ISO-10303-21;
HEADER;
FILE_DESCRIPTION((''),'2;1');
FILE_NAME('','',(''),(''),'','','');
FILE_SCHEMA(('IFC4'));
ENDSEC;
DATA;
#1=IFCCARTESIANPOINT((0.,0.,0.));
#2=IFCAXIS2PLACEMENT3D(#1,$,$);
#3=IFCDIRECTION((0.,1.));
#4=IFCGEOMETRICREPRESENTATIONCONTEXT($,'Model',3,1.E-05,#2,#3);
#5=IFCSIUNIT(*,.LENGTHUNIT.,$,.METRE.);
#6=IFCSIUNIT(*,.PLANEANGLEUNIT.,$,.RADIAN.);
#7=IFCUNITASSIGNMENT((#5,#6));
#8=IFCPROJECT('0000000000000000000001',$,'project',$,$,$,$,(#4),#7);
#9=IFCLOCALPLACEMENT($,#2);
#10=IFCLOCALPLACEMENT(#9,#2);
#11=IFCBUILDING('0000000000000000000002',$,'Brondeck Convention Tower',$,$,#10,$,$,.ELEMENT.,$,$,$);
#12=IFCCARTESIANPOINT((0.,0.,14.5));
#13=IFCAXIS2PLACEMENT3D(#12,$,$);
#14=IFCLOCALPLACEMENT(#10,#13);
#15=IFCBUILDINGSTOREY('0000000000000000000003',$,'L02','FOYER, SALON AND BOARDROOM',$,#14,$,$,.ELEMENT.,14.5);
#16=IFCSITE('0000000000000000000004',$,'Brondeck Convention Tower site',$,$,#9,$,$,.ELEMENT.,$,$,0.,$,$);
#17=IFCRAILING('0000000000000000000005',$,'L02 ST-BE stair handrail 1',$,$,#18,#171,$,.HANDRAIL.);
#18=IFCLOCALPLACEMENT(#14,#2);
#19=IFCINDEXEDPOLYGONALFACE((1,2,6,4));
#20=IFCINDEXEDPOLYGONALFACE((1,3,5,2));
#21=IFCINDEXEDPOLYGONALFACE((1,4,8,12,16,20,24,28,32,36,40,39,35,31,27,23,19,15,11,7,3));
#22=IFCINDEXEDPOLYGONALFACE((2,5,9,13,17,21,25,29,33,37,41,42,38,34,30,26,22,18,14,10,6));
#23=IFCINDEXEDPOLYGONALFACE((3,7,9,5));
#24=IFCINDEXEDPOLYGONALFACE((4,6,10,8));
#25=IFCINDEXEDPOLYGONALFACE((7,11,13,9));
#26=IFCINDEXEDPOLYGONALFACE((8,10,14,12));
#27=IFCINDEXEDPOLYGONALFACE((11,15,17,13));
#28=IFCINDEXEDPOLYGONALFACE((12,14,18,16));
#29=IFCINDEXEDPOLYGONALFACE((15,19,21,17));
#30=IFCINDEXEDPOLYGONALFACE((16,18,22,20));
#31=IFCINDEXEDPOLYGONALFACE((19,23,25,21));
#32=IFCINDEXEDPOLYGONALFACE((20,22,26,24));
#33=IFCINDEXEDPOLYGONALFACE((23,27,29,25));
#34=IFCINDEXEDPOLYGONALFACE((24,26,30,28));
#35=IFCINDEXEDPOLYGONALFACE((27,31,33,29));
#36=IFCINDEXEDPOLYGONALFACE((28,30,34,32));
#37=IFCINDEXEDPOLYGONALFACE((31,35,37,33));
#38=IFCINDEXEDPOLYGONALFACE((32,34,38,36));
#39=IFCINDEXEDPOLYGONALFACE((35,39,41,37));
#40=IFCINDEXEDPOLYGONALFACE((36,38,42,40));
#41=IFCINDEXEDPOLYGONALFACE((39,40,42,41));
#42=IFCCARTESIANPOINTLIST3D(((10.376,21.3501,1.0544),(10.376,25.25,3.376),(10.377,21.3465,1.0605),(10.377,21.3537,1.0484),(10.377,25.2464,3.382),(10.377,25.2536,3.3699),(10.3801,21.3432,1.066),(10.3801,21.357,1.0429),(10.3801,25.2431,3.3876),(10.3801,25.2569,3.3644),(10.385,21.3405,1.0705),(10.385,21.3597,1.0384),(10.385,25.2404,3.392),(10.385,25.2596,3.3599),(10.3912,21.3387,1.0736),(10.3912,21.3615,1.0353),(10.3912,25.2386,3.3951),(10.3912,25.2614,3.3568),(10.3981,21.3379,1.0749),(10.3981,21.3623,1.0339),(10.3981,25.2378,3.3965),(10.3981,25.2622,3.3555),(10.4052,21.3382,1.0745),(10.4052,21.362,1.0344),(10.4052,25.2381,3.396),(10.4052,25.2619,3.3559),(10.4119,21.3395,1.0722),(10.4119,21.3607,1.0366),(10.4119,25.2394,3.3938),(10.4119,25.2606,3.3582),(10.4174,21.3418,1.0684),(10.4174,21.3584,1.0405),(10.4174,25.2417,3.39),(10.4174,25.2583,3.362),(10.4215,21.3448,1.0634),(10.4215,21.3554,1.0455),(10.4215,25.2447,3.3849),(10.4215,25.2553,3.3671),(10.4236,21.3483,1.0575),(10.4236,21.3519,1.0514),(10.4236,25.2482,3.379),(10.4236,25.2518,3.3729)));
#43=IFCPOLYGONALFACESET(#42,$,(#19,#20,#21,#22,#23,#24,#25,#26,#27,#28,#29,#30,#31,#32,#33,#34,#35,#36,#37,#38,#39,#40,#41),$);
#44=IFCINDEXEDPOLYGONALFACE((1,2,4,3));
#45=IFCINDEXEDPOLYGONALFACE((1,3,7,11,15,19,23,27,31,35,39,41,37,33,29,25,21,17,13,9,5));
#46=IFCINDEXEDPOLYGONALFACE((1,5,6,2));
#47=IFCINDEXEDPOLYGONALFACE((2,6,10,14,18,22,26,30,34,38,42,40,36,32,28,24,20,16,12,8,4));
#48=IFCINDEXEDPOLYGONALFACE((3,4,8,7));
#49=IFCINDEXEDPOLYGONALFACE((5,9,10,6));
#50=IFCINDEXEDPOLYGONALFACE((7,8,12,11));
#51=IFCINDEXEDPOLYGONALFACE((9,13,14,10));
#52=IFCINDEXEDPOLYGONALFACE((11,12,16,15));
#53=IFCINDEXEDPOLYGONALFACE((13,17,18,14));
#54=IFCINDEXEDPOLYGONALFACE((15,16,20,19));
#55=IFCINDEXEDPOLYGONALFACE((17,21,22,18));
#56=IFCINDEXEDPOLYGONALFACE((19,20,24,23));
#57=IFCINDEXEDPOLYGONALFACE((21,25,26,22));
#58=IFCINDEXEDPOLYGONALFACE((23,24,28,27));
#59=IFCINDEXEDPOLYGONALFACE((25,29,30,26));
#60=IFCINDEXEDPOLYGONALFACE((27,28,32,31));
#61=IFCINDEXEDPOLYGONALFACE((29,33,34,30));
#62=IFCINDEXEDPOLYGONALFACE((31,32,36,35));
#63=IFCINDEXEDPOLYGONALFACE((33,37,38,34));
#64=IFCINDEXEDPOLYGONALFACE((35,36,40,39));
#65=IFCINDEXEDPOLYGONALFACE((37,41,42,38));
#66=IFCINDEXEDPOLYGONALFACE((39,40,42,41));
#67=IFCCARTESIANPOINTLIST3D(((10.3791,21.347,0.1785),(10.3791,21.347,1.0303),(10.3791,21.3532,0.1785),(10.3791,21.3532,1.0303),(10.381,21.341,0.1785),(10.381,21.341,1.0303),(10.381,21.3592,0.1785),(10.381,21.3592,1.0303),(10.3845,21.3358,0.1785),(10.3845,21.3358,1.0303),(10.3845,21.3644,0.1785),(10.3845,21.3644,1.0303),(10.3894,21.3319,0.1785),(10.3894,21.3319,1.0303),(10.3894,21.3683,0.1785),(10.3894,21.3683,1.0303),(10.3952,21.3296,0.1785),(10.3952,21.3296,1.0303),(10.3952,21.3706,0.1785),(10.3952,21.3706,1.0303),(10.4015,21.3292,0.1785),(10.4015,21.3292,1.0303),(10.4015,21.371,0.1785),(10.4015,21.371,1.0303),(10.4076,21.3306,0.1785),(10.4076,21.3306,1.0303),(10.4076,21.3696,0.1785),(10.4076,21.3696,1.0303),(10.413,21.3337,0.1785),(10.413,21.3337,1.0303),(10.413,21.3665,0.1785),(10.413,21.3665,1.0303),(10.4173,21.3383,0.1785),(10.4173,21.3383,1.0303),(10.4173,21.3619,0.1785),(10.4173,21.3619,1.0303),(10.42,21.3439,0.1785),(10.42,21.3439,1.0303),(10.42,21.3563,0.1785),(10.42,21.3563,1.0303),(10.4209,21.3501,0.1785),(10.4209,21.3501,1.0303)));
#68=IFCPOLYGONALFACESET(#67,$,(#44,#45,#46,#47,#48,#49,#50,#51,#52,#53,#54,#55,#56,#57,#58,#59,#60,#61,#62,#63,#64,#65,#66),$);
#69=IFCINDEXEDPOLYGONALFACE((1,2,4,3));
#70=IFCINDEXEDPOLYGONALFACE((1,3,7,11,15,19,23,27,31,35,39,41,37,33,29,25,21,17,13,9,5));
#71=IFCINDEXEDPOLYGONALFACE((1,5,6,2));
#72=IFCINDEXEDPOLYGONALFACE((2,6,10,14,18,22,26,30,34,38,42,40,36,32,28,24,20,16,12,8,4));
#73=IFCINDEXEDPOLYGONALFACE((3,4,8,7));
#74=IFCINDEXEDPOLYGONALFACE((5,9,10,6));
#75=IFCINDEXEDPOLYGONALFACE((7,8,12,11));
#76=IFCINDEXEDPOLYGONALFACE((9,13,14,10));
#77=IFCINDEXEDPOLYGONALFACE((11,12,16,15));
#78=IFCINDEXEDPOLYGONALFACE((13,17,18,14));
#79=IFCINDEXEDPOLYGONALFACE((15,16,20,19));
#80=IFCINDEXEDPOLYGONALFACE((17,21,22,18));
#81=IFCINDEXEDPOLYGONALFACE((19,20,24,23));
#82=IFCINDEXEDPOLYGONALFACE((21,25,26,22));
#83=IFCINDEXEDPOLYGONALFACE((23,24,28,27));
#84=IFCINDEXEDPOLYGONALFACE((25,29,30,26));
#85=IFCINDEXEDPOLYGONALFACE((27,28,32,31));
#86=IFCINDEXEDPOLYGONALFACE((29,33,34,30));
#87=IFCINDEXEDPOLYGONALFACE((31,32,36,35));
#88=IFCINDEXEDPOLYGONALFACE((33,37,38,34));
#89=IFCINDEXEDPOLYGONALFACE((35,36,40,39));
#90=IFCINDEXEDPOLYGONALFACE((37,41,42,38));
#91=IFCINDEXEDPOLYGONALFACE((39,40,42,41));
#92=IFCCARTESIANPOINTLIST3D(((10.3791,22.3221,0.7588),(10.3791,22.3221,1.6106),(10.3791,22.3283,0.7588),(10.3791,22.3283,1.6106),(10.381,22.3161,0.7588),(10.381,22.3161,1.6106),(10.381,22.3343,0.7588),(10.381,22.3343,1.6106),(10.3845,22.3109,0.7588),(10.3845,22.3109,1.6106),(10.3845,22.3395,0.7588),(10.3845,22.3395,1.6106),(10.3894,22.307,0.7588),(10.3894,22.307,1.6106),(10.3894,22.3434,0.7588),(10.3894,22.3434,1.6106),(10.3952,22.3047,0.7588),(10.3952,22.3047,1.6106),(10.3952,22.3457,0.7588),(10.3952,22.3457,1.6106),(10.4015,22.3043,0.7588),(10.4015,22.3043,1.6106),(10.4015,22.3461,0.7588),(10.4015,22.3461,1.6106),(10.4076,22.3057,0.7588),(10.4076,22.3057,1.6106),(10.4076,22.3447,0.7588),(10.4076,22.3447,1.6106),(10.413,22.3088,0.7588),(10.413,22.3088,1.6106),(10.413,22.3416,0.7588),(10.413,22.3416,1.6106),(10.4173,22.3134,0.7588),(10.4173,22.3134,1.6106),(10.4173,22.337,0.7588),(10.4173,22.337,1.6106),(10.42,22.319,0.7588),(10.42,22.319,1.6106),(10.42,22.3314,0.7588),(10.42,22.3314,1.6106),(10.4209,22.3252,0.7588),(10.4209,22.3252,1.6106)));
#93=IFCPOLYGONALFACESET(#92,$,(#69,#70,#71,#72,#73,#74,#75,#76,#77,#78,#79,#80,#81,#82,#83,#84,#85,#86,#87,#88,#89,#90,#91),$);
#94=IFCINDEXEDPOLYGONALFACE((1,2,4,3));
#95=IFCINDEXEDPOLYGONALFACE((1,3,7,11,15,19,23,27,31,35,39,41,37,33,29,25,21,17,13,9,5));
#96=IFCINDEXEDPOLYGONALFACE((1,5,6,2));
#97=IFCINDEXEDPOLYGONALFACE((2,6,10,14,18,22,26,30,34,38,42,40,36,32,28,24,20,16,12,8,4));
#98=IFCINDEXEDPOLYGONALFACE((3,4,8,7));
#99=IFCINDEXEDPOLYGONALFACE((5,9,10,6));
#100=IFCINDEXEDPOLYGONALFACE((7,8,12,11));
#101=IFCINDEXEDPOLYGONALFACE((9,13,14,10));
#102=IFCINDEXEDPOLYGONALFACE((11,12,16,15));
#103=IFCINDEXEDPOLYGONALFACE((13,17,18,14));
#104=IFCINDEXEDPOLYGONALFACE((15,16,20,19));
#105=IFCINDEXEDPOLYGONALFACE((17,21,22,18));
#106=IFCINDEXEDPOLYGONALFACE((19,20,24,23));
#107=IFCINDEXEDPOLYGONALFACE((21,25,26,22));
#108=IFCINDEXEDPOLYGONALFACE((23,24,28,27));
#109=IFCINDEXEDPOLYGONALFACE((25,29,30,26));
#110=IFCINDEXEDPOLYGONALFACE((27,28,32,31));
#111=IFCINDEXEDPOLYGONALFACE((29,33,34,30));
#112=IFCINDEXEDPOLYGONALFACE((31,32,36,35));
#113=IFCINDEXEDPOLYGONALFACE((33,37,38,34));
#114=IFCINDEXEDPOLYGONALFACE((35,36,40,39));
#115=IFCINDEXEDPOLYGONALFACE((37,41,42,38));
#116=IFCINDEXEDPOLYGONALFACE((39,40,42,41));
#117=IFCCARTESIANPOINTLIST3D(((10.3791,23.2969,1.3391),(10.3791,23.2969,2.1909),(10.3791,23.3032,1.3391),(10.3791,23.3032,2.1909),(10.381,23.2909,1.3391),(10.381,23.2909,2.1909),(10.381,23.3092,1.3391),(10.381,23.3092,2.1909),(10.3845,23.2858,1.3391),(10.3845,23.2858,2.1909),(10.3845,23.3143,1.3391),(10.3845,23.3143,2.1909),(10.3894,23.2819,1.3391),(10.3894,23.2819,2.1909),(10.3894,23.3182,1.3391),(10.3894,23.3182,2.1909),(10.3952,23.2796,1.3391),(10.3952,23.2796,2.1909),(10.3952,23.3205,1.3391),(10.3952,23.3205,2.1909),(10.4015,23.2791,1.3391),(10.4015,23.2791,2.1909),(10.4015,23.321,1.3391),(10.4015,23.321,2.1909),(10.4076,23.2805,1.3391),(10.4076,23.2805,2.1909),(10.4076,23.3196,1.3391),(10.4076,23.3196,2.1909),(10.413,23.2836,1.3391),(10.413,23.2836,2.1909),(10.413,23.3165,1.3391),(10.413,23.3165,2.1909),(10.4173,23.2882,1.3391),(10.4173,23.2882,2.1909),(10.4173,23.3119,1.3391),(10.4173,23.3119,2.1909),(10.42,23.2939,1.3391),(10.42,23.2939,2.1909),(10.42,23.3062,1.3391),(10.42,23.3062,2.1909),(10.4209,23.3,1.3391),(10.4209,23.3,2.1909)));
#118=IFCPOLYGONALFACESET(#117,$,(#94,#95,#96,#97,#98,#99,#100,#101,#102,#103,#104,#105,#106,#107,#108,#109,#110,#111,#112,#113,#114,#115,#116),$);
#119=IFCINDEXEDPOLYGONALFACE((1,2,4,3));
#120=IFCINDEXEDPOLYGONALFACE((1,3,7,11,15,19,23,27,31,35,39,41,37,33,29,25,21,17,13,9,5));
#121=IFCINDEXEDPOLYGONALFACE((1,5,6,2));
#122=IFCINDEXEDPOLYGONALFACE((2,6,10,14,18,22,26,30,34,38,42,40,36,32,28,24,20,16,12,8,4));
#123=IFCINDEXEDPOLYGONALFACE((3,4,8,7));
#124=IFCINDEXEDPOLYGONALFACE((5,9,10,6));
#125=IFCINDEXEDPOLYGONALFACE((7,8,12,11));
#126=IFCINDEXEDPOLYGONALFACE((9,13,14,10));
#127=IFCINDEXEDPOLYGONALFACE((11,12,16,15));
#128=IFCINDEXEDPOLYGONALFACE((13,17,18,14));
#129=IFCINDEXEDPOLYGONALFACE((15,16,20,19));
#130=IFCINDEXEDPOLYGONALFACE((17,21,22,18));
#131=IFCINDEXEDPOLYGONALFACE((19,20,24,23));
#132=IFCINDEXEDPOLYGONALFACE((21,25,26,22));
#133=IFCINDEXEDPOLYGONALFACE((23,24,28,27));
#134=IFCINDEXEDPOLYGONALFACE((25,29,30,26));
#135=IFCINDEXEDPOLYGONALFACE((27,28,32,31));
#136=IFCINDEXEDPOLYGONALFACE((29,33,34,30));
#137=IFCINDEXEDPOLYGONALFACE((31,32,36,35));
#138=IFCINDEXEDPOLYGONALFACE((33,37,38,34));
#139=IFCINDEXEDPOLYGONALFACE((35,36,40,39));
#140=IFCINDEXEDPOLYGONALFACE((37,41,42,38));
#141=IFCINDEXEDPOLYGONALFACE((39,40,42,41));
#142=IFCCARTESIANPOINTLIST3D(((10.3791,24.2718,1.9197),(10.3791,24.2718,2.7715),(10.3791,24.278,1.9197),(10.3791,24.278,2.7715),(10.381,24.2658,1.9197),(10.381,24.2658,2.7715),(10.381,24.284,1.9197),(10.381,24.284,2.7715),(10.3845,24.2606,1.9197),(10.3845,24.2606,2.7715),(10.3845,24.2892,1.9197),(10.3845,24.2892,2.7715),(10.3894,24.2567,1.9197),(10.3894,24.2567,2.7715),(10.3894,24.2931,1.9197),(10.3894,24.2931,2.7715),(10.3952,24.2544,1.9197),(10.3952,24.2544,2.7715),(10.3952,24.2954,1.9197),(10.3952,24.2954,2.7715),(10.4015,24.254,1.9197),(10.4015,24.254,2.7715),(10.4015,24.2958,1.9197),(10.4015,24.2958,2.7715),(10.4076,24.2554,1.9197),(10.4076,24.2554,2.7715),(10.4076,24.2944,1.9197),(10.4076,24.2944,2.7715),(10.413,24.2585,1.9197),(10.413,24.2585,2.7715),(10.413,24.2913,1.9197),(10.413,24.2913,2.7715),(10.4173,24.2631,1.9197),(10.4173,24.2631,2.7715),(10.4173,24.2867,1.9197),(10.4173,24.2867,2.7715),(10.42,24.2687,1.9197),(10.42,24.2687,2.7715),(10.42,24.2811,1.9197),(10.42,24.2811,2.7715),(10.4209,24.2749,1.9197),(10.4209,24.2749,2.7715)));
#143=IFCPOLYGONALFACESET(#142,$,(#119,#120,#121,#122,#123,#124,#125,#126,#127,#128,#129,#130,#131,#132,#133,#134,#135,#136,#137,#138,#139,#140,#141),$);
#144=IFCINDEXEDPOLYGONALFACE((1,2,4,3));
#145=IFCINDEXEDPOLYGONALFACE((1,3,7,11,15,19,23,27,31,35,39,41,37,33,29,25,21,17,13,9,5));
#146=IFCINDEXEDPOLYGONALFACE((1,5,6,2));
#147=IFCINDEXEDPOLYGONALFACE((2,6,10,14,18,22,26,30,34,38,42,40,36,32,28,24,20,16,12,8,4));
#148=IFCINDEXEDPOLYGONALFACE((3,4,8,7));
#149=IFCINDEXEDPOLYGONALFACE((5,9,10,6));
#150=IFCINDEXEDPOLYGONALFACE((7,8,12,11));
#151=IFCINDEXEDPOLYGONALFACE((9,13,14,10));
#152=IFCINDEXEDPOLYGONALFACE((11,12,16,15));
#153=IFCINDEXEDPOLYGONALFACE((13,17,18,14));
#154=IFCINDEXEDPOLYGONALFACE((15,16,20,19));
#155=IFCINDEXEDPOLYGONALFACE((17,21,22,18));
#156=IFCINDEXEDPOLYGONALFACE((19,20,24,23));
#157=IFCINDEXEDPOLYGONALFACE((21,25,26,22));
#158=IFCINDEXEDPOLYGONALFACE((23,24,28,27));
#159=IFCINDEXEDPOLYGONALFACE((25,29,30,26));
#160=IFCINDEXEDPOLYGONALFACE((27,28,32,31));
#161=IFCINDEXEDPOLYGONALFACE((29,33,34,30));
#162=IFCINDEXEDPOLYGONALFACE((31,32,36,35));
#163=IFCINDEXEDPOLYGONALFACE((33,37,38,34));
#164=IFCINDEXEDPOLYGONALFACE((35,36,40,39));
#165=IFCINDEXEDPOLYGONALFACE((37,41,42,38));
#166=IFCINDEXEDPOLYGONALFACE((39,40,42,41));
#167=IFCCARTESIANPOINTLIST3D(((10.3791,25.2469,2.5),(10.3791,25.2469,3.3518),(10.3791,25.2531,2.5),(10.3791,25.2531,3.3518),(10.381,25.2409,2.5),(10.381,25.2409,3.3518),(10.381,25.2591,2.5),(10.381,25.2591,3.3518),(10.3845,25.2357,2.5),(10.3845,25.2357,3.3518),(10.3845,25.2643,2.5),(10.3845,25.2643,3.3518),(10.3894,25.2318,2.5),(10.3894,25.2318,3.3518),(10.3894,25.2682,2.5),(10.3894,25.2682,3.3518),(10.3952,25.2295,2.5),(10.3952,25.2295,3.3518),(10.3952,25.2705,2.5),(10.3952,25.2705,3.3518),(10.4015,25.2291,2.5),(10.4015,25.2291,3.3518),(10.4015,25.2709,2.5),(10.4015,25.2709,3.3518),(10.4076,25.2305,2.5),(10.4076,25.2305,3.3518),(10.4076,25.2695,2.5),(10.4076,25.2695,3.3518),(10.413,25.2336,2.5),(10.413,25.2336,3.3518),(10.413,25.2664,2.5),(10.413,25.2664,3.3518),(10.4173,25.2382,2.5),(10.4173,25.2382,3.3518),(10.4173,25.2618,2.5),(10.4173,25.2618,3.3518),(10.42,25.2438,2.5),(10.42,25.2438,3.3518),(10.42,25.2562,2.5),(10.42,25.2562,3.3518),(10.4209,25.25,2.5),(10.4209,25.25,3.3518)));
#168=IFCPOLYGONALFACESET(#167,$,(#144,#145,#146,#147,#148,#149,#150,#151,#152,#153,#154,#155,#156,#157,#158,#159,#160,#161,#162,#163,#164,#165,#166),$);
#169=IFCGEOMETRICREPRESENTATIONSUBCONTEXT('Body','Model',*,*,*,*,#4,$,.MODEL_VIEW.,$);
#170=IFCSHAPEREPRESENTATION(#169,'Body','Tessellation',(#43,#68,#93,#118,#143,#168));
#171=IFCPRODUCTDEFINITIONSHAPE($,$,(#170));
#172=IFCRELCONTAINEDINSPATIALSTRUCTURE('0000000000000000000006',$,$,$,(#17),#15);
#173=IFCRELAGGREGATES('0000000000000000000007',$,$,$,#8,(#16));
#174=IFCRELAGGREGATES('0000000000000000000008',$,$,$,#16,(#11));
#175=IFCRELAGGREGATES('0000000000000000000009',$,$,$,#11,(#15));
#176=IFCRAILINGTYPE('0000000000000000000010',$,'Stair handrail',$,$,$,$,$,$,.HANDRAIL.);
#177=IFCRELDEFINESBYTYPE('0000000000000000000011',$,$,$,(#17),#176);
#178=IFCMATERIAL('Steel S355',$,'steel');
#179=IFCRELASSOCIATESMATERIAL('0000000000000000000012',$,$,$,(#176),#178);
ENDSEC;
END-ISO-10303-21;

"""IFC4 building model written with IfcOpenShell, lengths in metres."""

from ifc_helpers import new_model, si_unit, direction, frame, origin, origin_2d, place, context, subcontext, project, spatial, circle, extrude, material, type_object, element, save


model = new_model("IFC4")

# Units and contexts
model_context = context("Model", 3, precision=1e-05, world=origin(), true_north=direction((0.0, 1.0)))
body_context = subcontext(model_context, "Body", "Model", "MODEL_VIEW")
ifc_project = project(units=[si_unit("LENGTHUNIT", "METRE"), si_unit("PLANEANGLEUNIT", "RADIAN")], contexts=[model_context])

# Site, building, storey
site_placement = place(None, origin())
site = spatial("IfcSite", under=ifc_project, at=site_placement, Name="Brondeck Convention Tower site", CompositionType="ELEMENT", RefElevation=0.0)
building_placement = place(site_placement, origin())
building = spatial("IfcBuilding", under=site, at=building_placement, Name="Brondeck Convention Tower", CompositionType="ELEMENT")
storey_placement = place(building_placement, frame((0.0, 0.0, 14.5)))
storey = spatial("IfcBuildingStorey", under=building, at=storey_placement, Name="L02", Description="FOYER, SALON AND BOARDROOM", CompositionType="ELEMENT", Elevation=14.5)

# Shared definitions
ifc_material_1 = material(Name="Steel S355", Category="steel")

# Railing
railing_type_1 = type_object("IfcRailingType", Name="Stair handrail", PredefinedType="HANDRAIL", material=ifc_material_1)
for number, where, name in (
    (1, (10.3999, 21.3501, 0.1785), "L02 ST-BE stair handrail 1"),
):
    element("IfcRailing", number, at=place(storey_placement, frame(where)), inside=storey, type_object=railing_type_1, Name=name, PredefinedType="HANDRAIL", context=body_context, shape_type="SweptSolid", body=[
        extrude(circle(Radius=0.0239, at=origin_2d()), frame((0.0, 0.0, 0.876), z_axis=(0.0, 0.859277, 0.51151), x_axis=(-1.0, 0.0, 0.0)), (0.0, 0.0, 1.0), 4.5386),
        extrude(circle(Radius=0.021, at=origin_2d()), origin(), (0.0, 0.0, 1.0), 0.8518),
        extrude(circle(Radius=0.021, at=origin_2d()), frame((0.0, 0.9751, 0.5803)), (0.0, 0.0, 1.0), 0.8518),
        extrude(circle(Radius=0.021, at=origin_2d()), frame((0.0, 1.95, 1.1606)), (0.0, 0.0, 1.0), 0.8518),
        extrude(circle(Radius=0.021, at=origin_2d()), frame((0.0, 2.9248, 1.7412)), (0.0, 0.0, 1.0), 0.8518),
        extrude(circle(Radius=0.021, at=origin_2d()), frame((0.0, 3.8999, 2.3215)), (0.0, 0.0, 1.0), 0.8518),
    ])

save(model, "model.ifc")
